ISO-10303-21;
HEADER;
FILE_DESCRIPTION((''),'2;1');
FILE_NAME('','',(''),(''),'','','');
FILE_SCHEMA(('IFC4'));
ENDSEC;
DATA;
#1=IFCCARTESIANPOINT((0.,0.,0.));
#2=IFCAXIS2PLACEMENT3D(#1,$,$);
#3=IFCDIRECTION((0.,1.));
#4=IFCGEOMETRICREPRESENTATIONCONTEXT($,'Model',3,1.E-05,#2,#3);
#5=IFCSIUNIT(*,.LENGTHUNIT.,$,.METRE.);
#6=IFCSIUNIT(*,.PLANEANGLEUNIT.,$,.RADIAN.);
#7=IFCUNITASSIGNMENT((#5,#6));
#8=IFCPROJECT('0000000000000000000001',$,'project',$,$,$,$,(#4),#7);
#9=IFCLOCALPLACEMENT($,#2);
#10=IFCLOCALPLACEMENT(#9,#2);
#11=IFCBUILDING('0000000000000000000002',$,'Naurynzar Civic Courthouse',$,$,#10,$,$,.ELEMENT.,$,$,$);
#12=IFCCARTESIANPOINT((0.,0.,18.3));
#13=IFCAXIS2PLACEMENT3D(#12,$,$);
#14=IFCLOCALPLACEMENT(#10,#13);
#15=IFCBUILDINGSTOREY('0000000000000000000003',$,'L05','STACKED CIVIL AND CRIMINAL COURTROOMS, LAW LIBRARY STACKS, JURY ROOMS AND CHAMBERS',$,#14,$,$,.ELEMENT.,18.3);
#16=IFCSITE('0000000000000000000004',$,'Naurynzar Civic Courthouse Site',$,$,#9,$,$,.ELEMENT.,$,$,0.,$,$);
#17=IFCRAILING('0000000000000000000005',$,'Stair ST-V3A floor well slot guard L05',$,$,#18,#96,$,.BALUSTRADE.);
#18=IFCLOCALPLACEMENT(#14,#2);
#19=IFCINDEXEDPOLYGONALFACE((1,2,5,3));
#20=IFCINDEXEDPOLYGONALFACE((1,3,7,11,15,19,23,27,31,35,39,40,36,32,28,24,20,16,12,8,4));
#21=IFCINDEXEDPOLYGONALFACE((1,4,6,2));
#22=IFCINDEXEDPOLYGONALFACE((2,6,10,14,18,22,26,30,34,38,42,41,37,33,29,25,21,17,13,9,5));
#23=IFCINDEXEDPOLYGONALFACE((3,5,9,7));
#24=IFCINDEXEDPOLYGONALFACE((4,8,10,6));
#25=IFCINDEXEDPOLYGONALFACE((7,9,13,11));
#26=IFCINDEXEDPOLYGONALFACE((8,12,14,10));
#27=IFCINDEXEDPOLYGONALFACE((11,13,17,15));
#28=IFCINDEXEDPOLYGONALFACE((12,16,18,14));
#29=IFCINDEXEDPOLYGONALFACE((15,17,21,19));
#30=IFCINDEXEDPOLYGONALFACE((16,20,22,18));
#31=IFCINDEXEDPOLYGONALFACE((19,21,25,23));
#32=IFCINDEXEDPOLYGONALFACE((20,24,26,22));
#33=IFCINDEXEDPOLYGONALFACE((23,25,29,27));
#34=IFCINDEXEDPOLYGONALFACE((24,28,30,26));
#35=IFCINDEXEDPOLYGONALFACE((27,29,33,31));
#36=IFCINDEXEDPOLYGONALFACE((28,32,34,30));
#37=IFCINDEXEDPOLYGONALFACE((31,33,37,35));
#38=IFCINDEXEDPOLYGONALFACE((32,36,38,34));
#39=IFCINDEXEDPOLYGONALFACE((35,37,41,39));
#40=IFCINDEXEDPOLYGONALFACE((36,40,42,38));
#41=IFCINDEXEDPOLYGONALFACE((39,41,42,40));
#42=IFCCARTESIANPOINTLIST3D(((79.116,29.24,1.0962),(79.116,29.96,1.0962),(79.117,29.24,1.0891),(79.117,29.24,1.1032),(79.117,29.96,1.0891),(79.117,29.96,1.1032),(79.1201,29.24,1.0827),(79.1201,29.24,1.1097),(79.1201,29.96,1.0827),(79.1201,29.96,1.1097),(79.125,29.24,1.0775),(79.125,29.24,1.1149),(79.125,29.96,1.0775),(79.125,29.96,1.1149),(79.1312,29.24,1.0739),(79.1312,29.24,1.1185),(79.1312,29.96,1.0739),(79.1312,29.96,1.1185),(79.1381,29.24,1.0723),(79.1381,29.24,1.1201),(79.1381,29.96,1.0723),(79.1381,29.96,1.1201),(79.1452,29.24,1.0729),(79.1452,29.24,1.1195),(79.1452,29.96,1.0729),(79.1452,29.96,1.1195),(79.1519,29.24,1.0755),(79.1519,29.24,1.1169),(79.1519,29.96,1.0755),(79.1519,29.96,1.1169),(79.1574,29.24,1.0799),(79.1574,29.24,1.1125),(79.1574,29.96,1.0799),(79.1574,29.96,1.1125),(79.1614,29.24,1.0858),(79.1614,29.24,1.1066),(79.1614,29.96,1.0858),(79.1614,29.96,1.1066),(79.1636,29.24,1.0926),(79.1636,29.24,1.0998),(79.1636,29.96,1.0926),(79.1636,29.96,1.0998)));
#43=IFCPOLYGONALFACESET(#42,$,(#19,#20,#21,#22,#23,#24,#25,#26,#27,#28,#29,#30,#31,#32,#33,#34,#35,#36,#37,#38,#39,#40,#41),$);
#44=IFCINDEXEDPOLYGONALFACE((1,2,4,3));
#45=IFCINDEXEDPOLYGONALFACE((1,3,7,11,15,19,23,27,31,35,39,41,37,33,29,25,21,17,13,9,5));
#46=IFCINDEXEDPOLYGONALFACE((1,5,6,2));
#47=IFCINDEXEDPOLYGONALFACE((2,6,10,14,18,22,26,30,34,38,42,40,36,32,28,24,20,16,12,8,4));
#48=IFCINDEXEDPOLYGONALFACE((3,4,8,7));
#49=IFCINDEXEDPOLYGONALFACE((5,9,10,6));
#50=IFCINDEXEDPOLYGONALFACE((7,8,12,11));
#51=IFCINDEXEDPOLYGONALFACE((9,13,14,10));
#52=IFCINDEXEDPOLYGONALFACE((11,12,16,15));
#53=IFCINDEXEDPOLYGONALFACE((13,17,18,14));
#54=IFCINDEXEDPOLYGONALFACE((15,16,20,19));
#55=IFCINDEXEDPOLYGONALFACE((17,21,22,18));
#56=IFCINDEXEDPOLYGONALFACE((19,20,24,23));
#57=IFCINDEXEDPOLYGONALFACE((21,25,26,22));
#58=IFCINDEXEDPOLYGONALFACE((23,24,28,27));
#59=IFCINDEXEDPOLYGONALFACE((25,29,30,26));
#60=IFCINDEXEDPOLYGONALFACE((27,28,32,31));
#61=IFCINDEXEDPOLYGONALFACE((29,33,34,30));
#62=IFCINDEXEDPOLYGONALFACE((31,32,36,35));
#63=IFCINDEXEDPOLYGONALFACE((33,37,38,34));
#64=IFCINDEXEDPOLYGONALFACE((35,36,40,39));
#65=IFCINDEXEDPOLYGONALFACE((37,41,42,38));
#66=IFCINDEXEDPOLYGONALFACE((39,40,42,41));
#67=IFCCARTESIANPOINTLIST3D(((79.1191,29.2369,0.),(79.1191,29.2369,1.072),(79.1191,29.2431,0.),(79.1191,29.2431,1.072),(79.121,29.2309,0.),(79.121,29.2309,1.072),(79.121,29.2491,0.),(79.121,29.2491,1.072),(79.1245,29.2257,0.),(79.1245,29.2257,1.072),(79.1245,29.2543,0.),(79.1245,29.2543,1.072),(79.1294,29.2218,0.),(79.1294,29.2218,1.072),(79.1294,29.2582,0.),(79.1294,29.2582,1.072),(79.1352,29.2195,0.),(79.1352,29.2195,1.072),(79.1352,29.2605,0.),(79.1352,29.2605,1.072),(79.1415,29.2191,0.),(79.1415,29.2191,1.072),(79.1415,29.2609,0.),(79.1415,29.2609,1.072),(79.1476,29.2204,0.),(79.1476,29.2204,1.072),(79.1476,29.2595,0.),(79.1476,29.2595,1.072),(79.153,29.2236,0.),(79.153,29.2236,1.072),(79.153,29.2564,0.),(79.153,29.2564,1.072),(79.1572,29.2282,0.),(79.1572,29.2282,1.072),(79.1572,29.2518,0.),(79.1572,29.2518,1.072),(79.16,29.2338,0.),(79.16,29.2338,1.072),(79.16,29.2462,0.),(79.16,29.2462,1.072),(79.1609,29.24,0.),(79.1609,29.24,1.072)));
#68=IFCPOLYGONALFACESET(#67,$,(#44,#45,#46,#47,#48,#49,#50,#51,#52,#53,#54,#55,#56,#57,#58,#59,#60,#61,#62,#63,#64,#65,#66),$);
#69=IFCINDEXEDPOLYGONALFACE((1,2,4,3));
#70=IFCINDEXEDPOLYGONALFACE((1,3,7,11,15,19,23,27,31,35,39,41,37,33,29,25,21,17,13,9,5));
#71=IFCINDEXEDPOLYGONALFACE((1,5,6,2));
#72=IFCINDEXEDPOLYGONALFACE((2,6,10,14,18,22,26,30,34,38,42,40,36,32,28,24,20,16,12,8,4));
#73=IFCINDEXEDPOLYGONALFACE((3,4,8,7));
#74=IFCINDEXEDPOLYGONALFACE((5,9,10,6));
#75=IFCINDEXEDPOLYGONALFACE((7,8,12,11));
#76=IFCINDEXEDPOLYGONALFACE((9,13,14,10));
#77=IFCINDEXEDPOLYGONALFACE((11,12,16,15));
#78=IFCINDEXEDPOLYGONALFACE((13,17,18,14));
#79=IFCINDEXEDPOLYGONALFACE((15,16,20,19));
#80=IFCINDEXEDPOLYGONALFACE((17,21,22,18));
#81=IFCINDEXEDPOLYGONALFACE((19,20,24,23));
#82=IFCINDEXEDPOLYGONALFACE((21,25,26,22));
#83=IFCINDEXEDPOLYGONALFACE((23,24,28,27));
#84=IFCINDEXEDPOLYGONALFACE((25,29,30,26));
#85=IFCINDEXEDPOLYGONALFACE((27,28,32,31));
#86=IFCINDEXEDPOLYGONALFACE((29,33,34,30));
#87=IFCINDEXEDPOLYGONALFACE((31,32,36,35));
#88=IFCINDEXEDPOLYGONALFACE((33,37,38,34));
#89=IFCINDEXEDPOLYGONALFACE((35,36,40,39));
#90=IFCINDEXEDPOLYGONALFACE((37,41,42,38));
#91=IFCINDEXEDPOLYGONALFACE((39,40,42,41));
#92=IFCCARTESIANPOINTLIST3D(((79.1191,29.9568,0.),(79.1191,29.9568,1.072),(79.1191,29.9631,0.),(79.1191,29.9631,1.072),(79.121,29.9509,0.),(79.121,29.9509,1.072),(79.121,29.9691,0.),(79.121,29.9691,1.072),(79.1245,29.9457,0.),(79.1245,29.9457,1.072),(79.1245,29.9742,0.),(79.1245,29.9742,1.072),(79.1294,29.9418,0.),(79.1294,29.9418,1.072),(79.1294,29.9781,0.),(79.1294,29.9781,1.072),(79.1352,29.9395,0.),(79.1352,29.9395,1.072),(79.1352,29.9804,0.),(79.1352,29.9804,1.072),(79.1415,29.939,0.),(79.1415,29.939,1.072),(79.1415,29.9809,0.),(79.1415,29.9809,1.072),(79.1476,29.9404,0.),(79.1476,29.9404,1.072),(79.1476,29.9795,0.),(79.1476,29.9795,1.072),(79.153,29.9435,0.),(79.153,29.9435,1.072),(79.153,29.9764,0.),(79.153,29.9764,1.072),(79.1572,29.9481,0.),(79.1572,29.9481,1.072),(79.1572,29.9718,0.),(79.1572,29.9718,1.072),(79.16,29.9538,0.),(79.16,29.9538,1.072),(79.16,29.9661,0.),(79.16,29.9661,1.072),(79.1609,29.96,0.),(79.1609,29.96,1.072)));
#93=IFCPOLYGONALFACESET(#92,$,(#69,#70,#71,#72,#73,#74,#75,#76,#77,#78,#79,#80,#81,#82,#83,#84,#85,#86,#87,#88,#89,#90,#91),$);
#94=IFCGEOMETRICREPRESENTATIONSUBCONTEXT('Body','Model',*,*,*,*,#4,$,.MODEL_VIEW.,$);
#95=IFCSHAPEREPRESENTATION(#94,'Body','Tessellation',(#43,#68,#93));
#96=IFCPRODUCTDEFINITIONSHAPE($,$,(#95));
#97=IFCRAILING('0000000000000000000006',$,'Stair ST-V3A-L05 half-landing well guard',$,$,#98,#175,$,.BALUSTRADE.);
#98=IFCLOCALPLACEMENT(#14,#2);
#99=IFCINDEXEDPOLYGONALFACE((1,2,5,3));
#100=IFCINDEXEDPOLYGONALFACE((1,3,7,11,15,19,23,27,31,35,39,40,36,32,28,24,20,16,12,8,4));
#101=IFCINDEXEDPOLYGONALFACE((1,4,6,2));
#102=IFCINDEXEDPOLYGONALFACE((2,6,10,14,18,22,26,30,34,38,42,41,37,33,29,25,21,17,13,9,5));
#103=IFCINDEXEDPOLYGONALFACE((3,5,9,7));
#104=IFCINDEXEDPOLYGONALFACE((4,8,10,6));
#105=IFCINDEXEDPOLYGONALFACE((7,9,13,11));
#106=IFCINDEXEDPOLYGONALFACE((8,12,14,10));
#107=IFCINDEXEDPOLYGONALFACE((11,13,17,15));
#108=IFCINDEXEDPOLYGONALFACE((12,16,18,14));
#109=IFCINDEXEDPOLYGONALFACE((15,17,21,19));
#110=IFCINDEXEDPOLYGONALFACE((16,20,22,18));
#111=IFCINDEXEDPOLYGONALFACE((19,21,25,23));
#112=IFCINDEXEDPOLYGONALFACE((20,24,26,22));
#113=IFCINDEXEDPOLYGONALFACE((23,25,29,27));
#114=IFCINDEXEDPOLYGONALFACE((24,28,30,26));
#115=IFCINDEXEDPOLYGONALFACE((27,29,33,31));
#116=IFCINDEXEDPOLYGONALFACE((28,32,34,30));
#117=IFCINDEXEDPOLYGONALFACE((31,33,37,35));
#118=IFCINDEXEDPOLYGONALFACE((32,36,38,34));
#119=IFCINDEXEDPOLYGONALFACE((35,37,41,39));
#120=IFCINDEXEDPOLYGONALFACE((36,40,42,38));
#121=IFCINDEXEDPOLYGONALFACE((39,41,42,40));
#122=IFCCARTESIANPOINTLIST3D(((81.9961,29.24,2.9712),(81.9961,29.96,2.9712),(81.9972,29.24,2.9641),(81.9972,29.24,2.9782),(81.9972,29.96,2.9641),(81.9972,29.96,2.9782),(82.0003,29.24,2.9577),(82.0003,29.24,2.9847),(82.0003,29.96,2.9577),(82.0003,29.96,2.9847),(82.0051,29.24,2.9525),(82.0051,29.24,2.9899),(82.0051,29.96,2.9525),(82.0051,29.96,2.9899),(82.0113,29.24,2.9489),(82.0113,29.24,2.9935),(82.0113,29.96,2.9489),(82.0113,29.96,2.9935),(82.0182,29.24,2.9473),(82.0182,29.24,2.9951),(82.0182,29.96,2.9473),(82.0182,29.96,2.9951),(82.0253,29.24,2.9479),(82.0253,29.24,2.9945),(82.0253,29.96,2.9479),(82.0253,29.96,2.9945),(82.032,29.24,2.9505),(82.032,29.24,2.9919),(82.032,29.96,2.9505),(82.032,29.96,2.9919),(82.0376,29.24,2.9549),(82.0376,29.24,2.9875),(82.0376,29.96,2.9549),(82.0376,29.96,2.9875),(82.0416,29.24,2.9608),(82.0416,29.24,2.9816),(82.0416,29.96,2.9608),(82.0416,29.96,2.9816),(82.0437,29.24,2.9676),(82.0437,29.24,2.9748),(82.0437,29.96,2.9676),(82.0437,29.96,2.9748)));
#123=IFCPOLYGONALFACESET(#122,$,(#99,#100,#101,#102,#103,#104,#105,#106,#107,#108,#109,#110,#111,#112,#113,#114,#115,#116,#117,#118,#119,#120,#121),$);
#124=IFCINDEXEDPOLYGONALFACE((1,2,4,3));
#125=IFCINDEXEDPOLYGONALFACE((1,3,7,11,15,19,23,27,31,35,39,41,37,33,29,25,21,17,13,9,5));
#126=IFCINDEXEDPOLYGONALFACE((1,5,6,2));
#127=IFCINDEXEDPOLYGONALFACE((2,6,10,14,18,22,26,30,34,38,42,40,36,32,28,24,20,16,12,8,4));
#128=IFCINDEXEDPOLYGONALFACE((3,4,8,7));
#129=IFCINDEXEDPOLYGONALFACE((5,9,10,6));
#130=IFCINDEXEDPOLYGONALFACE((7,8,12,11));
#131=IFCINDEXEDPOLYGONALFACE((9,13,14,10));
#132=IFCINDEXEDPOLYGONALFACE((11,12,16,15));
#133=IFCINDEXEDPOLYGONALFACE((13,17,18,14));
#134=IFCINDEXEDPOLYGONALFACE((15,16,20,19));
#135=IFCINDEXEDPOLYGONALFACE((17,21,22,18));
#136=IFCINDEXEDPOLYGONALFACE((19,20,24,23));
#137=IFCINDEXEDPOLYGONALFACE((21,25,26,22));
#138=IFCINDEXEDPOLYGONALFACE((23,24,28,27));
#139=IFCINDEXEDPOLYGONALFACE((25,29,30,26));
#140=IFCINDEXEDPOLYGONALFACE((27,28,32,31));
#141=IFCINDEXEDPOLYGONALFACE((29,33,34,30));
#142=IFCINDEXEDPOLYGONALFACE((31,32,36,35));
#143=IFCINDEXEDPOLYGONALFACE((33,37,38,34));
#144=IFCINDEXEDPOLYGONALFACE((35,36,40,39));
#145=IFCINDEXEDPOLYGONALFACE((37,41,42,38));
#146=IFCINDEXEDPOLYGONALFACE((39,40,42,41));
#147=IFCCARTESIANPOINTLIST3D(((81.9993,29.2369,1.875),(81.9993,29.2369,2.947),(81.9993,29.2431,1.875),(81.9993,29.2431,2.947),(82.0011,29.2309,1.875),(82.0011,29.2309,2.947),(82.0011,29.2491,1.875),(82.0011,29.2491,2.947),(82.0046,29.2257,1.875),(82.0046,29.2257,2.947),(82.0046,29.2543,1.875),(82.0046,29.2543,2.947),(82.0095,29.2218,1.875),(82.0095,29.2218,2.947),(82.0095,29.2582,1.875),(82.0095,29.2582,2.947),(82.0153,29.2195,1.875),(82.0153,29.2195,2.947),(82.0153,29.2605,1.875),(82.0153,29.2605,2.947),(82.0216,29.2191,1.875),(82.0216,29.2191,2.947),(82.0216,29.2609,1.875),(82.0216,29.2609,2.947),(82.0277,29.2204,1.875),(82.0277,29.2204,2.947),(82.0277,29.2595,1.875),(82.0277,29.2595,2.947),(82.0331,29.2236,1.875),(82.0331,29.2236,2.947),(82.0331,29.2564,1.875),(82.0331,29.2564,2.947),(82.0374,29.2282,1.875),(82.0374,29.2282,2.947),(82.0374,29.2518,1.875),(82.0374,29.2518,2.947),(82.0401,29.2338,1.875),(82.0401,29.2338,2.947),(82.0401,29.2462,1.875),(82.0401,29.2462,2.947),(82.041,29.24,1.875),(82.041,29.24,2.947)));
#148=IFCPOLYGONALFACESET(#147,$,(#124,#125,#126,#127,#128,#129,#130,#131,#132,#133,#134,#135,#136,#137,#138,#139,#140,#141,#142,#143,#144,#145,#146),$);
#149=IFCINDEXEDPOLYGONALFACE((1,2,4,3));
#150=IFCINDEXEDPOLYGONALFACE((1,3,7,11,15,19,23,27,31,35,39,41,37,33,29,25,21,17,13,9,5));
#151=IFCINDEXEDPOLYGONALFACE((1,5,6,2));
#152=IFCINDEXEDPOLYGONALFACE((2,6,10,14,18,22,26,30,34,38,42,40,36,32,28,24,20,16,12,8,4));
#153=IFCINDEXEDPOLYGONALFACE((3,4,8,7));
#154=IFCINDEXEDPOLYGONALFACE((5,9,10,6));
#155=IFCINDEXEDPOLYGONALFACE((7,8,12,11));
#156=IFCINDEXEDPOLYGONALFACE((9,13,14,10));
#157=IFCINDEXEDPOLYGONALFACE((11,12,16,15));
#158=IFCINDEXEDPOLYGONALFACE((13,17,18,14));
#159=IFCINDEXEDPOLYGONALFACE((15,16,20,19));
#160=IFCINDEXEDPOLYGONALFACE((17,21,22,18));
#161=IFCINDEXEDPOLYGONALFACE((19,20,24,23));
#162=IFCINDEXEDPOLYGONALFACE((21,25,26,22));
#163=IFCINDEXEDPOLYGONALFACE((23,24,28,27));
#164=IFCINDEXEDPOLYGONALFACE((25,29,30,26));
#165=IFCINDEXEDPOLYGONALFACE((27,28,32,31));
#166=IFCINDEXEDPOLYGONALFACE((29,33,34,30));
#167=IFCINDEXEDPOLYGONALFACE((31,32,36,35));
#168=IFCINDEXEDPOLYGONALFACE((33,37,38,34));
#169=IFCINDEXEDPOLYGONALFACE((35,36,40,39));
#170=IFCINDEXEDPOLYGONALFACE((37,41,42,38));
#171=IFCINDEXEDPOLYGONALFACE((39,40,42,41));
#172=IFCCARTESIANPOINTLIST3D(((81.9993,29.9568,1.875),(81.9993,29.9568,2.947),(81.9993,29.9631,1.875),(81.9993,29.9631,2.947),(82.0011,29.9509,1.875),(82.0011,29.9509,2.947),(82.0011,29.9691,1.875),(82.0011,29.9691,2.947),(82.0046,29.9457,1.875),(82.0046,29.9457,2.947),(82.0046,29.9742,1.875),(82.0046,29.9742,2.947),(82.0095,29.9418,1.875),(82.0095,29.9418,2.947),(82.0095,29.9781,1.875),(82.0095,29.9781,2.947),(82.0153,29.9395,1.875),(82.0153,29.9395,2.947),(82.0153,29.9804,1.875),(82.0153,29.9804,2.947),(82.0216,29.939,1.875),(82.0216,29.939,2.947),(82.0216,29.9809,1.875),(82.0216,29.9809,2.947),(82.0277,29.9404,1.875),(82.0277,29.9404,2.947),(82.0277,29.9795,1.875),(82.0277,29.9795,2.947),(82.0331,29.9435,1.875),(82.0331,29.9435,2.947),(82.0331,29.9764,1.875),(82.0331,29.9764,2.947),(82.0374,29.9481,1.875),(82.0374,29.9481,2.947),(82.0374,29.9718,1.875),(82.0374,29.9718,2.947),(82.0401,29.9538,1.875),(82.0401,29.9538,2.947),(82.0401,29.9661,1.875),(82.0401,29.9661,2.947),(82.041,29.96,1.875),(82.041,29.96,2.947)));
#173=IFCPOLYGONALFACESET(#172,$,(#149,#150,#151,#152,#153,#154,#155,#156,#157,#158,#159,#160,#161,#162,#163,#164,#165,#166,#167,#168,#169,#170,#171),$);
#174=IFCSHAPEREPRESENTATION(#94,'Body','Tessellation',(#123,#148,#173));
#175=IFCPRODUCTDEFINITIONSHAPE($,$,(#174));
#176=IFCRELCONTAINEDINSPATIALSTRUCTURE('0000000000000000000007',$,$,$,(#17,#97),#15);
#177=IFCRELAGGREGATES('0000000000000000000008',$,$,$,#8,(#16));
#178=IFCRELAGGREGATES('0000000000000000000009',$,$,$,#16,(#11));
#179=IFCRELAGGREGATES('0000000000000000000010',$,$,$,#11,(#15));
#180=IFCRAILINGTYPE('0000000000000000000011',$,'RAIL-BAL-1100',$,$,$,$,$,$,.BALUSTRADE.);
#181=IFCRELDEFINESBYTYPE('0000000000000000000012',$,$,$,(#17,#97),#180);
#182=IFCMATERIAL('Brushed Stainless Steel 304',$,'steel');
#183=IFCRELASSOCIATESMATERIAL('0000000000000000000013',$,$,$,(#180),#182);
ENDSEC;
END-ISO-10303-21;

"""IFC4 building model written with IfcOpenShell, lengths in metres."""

from ifc_helpers import new_model, si_unit, direction, frame, origin, origin_2d, place, context, subcontext, project, spatial, circle, extrude, material, type_object, element, save


model = new_model("IFC4")

# Units and contexts
model_context = context("Model", 3, precision=1e-05, world=origin(), true_north=direction((0.0, 1.0)))
body_context = subcontext(model_context, "Body", "Model", "MODEL_VIEW")
ifc_project = project(units=[si_unit("LENGTHUNIT", "METRE"), si_unit("PLANEANGLEUNIT", "RADIAN")], contexts=[model_context])

# Site, building, storey
site_placement = place(None, origin())
site = spatial("IfcSite", under=ifc_project, at=site_placement, Name="Naurynzar Civic Courthouse Site", CompositionType="ELEMENT", RefElevation=0.0)
building_placement = place(site_placement, origin())
building = spatial("IfcBuilding", under=site, at=building_placement, Name="Naurynzar Civic Courthouse", CompositionType="ELEMENT")
storey_placement = place(building_placement, frame((0.0, 0.0, 18.3)))
storey = spatial("IfcBuildingStorey", under=building, at=storey_placement, Name="L05", Description="STACKED CIVIL AND CRIMINAL COURTROOMS, LAW LIBRARY STACKS, JURY ROOMS AND CHAMBERS", CompositionType="ELEMENT", Elevation=18.3)

# Railings
ifc_material_1 = material(Name="Brushed Stainless Steel 304", Category="steel")
railing_type_1 = type_object("IfcRailingType", Name="RAIL-BAL-1100", PredefinedType="BALUSTRADE", material=ifc_material_1)
for number, where, name in (
    (1, (79.1399, 29.24, 0.0), "Stair ST-V3A floor well slot guard L05"),
    (2, (82.02, 29.24, 1.875), "Stair ST-V3A-L05 half-landing well guard"),
):
    element("IfcRailing", number, at=place(storey_placement, frame(where)), inside=storey, type_object=railing_type_1, Name=name, PredefinedType="BALUSTRADE", context=body_context, shape_type="SweptSolid", body=[
        extrude(circle(Radius=0.0239, at=origin_2d()), frame((0.0, 0.0, 1.0962), z_axis=(0.0, 1.0, 0.0), x_axis=(-1.0, 0.0, 0.0)), (0.0, 0.0, 1.0), 0.72),
        extrude(circle(Radius=0.021, at=origin_2d()), origin(), (0.0, 0.0, 1.0), 1.072),
        extrude(circle(Radius=0.021, at=origin_2d()), frame((0.0, 0.72, 0.0)), (0.0, 0.0, 1.0), 1.072),
    ])

save(model, "model.ifc")
